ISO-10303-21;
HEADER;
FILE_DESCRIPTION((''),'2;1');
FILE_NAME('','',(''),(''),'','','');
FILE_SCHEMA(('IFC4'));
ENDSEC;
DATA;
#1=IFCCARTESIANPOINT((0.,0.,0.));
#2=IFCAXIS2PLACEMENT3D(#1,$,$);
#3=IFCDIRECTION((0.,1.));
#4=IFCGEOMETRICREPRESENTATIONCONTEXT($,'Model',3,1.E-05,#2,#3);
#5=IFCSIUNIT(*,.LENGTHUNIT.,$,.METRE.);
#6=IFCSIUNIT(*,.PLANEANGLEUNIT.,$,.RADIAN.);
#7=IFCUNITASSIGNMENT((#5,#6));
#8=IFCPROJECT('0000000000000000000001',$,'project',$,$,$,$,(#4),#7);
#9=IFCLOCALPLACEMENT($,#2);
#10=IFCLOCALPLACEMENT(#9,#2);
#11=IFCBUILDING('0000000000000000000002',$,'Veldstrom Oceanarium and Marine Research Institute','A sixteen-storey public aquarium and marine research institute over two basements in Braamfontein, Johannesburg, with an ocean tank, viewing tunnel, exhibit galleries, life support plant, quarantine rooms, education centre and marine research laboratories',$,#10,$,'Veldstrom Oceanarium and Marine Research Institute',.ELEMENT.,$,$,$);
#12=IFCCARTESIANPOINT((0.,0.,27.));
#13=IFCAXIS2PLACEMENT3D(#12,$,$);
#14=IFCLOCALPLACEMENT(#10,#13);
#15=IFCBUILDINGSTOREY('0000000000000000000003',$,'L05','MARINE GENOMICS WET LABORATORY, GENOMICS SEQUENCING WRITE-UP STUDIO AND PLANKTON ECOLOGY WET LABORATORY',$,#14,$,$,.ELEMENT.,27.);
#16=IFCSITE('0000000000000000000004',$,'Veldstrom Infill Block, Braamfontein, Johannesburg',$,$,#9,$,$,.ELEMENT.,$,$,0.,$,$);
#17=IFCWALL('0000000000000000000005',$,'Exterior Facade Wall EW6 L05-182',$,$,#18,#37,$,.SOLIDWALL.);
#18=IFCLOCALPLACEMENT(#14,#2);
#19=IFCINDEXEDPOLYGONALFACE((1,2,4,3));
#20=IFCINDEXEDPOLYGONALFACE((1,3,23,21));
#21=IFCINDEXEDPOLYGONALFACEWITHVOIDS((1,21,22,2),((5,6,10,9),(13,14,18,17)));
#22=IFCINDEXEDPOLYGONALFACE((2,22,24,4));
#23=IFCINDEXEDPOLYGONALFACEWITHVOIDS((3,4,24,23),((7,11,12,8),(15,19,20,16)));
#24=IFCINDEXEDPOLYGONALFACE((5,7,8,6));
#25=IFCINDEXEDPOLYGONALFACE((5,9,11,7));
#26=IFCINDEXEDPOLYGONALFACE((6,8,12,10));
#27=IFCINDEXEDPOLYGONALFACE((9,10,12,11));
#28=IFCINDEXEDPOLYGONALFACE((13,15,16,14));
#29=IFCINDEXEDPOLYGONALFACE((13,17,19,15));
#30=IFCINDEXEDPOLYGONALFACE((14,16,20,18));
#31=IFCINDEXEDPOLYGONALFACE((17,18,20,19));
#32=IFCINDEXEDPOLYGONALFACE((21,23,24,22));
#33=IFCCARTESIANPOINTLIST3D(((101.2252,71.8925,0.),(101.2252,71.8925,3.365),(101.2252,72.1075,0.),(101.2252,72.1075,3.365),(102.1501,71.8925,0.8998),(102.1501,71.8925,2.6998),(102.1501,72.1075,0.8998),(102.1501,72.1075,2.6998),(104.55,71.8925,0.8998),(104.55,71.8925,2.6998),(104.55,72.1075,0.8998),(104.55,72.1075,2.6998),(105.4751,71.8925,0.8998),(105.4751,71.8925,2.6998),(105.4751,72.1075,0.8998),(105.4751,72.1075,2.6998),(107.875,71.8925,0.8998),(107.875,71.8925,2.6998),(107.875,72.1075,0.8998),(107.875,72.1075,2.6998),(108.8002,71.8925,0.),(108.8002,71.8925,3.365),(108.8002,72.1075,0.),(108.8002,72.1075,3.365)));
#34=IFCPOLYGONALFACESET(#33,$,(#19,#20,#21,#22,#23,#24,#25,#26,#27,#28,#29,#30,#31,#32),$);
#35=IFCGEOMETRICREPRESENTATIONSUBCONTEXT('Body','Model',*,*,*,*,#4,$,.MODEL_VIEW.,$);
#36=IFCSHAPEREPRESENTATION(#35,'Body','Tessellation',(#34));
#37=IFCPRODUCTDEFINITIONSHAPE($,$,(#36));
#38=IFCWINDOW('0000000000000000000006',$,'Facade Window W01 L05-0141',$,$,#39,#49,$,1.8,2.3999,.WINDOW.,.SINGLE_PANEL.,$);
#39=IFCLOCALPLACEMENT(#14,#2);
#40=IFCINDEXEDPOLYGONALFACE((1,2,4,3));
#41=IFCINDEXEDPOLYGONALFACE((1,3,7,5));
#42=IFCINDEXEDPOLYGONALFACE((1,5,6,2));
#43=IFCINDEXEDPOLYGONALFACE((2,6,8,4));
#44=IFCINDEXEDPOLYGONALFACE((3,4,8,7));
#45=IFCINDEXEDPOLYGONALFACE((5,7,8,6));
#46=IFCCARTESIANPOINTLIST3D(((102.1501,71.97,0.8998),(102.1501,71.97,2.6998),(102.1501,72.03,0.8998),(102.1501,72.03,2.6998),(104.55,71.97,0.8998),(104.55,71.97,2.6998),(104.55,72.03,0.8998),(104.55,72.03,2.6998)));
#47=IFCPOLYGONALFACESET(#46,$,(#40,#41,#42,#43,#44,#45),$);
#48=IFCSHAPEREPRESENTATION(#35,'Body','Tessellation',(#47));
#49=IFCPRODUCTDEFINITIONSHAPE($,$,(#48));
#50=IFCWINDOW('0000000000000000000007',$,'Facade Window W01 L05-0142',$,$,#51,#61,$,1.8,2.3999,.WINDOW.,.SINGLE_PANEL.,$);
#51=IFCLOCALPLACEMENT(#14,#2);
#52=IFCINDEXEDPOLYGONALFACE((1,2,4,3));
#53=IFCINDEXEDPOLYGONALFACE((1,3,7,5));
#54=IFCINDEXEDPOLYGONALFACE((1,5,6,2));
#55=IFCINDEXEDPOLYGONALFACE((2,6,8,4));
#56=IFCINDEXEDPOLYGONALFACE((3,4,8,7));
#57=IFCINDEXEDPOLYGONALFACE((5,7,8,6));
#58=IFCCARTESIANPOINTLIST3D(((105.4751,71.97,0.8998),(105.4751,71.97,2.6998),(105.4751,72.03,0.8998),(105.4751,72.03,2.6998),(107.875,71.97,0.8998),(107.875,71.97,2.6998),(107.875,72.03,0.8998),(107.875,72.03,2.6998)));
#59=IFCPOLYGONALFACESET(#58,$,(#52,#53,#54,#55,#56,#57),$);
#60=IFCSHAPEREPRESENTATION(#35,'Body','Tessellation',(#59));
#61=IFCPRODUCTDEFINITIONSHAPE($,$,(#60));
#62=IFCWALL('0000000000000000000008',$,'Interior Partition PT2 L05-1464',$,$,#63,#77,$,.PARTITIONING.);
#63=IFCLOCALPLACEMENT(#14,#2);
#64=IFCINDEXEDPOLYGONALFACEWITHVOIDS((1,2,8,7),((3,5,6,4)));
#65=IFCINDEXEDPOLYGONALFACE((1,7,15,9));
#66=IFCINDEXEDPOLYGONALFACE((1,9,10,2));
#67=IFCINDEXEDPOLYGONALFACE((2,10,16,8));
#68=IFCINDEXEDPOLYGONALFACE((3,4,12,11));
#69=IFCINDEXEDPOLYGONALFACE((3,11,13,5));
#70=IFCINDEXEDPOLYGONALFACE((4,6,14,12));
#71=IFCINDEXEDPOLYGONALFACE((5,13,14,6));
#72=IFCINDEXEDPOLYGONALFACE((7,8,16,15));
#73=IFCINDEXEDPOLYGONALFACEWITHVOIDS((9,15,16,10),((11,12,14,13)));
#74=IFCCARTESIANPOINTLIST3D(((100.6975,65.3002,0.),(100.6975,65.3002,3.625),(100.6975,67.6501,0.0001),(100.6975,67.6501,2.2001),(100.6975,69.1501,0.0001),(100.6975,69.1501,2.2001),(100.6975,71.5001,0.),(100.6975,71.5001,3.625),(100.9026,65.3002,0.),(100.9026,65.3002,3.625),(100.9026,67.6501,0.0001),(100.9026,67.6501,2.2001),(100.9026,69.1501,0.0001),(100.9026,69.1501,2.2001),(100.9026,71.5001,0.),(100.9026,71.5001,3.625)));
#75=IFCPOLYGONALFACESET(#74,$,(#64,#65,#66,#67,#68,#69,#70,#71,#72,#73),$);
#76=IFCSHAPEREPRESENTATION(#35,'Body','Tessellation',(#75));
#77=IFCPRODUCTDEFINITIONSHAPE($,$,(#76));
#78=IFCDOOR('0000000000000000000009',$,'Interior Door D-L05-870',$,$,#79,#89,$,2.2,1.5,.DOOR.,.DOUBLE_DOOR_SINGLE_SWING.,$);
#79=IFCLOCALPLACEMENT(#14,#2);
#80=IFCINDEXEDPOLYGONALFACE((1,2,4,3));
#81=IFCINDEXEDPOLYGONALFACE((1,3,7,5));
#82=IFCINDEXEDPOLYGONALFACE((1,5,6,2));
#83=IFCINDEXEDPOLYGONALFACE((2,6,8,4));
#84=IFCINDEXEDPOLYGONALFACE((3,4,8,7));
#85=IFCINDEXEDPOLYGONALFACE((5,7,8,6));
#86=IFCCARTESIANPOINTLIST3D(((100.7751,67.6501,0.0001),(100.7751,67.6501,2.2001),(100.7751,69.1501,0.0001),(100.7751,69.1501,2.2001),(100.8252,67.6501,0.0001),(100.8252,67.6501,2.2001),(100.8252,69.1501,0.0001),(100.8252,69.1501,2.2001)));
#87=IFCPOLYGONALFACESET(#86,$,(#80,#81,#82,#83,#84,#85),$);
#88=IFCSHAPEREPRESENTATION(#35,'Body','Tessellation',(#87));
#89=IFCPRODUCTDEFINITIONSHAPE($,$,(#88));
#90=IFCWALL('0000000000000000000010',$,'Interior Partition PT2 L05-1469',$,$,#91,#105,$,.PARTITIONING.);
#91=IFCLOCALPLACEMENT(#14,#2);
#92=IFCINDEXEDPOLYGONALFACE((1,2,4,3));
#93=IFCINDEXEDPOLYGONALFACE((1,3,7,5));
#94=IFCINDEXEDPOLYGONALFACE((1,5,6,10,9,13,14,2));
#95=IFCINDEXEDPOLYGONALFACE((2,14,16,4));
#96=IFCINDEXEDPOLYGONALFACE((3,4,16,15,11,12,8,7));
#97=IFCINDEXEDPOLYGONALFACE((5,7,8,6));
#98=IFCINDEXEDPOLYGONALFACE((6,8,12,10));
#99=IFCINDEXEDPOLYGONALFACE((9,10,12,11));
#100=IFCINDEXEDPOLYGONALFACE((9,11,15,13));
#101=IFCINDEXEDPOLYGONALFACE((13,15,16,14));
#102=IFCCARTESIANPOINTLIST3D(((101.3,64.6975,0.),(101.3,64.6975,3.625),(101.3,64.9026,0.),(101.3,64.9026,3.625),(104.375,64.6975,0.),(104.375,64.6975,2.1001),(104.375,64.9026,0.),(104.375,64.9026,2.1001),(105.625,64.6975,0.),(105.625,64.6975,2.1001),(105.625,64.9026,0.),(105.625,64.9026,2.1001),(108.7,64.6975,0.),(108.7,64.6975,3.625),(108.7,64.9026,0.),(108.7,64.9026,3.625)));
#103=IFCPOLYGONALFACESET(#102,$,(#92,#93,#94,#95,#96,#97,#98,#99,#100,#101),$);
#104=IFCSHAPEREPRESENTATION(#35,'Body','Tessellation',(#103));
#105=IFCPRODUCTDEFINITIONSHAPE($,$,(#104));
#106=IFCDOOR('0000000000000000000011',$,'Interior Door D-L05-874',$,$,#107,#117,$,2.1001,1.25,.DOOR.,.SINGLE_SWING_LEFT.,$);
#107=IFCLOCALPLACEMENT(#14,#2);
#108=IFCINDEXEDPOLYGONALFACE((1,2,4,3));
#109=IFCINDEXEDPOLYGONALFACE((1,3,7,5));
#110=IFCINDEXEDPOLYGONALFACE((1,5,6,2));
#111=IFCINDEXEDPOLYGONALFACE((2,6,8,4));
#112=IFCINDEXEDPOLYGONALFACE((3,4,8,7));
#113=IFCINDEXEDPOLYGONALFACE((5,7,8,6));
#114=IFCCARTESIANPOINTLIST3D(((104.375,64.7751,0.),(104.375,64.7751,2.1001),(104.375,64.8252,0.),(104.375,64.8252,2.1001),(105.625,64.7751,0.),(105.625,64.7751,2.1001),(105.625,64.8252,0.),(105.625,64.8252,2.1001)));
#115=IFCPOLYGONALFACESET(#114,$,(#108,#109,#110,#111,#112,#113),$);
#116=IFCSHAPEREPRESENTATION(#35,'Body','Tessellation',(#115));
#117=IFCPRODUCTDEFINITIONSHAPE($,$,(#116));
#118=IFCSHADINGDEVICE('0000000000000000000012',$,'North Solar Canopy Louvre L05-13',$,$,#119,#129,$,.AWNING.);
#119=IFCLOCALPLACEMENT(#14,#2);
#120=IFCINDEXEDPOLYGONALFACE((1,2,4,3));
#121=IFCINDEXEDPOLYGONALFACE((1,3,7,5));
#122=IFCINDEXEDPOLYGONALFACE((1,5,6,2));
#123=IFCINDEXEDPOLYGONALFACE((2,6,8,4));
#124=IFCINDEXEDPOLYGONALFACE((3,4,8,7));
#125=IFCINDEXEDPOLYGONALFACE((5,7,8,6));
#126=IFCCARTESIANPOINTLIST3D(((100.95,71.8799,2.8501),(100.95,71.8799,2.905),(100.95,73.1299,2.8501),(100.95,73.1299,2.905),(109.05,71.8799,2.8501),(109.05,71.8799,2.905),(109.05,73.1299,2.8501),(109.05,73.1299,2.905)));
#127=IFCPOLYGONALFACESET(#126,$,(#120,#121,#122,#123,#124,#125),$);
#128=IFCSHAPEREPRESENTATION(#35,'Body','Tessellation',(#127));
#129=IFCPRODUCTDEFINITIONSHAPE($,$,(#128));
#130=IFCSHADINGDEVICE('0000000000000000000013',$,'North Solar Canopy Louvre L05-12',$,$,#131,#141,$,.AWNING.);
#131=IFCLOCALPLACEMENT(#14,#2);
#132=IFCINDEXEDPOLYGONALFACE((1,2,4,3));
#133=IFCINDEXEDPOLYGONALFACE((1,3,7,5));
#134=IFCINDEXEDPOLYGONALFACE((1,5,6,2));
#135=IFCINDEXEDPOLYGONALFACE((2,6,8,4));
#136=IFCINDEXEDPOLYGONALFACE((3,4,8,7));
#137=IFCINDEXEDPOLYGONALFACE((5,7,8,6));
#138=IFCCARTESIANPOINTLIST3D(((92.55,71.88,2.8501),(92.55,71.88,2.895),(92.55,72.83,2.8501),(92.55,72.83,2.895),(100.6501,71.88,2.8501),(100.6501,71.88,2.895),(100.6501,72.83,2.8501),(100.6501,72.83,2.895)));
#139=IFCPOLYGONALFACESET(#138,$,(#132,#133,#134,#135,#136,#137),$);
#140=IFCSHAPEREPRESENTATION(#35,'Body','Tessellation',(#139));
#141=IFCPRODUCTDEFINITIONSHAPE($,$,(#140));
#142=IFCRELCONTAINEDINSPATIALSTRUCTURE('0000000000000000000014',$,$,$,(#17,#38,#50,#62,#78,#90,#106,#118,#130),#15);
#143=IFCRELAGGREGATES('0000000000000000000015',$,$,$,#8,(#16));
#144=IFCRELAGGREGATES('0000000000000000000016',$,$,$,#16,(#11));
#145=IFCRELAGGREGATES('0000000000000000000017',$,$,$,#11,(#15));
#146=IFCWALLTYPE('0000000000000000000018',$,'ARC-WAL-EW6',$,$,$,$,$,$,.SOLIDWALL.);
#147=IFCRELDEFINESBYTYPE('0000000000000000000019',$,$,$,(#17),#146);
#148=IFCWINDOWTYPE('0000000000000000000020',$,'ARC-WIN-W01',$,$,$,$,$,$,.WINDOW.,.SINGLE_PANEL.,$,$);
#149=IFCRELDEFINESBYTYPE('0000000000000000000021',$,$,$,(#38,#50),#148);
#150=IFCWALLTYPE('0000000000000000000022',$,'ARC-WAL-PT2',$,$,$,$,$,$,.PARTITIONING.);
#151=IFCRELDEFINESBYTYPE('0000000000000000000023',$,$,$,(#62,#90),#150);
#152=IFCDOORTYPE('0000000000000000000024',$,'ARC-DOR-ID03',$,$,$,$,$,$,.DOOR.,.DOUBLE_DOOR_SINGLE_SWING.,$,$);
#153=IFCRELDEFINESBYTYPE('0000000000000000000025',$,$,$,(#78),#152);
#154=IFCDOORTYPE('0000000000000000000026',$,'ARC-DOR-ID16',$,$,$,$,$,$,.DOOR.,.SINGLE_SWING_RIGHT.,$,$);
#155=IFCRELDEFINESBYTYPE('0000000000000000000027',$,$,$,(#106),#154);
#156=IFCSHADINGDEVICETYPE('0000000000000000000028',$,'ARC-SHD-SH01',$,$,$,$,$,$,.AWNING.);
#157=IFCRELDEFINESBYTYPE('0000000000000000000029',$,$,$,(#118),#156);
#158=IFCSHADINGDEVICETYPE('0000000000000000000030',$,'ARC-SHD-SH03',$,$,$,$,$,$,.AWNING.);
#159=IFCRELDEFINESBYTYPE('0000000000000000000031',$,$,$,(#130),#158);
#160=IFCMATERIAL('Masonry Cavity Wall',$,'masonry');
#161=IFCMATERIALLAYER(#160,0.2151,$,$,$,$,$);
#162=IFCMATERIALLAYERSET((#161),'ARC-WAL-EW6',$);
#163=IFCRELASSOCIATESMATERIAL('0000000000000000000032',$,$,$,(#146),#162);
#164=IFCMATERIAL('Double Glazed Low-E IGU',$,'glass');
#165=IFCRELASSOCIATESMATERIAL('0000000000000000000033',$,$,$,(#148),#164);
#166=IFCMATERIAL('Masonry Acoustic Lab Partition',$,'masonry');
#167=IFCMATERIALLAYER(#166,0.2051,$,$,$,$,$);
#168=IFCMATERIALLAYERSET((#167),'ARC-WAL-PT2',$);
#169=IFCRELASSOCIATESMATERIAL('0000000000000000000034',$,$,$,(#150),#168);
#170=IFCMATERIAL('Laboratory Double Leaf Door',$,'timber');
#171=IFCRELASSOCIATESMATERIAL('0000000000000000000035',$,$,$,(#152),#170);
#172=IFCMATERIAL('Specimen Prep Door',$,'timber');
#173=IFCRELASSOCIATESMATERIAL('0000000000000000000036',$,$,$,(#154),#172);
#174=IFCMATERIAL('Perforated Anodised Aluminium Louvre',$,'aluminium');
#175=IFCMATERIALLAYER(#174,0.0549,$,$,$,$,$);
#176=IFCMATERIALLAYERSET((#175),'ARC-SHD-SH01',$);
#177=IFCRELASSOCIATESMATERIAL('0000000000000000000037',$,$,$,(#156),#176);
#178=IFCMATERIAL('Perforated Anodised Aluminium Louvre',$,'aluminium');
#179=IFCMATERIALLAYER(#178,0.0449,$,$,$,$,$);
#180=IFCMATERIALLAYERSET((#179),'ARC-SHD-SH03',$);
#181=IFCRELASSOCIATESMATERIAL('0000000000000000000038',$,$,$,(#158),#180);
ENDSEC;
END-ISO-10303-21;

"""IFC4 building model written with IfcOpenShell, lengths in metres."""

from ifc_helpers import new_model, si_unit, direction, frame, frame_2d, origin, origin_2d, place, context, subcontext, project, spatial, rectangle, extrude, material, layer, layer_set, type_object, element, fill, save


model = new_model("IFC4")

# Units and contexts
model_context = context("Model", 3, precision=1e-05, world=origin(), true_north=direction((0.0, 1.0)))
body_context = subcontext(model_context, "Body", "Model", "MODEL_VIEW")
ifc_project = project(units=[si_unit("LENGTHUNIT", "METRE"), si_unit("PLANEANGLEUNIT", "RADIAN")], contexts=[model_context])

# Site, building, storey
site_placement = place(None, origin())
site = spatial("IfcSite", under=ifc_project, at=site_placement, Name="Veldstrom Infill Block, Braamfontein, Johannesburg", CompositionType="ELEMENT", RefElevation=0.0)
building_placement = place(site_placement, origin())
building = spatial("IfcBuilding", under=site, at=building_placement, Name="Veldstrom Oceanarium and Marine Research Institute", Description="A sixteen-storey public aquarium and marine research institute over two basements in Braamfontein, Johannesburg, with an ocean tank, viewing tunnel, exhibit galleries, life support plant, quarantine rooms, education centre and marine research laboratories", LongName="Veldstrom Oceanarium and Marine Research Institute", CompositionType="ELEMENT")
storey_placement = place(building_placement, frame((0.0, 0.0, 27.0)))
storey = spatial("IfcBuildingStorey", under=building, at=storey_placement, Name="L05", Description="MARINE GENOMICS WET LABORATORY, GENOMICS SEQUENCING WRITE-UP STUDIO AND PLANKTON ECOLOGY WET LABORATORY", CompositionType="ELEMENT", Elevation=27.0)

# Wall, openings, windows
ifc_material_1 = material(Name="Masonry Cavity Wall", Category="masonry")
ifc_layer_1 = layer(ifc_material_1, 0.2151)
ifc_layer_set_1 = layer_set([ifc_layer_1], Name="ARC-WAL-EW6")
wall_type_1 = type_object("IfcWallType", Name="ARC-WAL-EW6", PredefinedType="SOLIDWALL", material=ifc_layer_set_1)
wall_1_placement = place(storey_placement, frame((101.2251, 72.0, 0.0), z_axis=(0.0, 0.0, 1.0), x_axis=(1.0, 0.0, 0.0)))
wall_1 = element("IfcWall", 1, at=wall_1_placement, inside=storey, type_object=wall_type_1, Name="Exterior Facade Wall EW6 L05-182", PredefinedType="SOLIDWALL", context=body_context, shape_type="SweptSolid", body=[
    extrude(rectangle(XDim=7.575, YDim=0.2151, at=frame_2d((3.7876, 0.0))), origin(), (0.0, 0.0, 1.0), 3.365),
])
opening_1_placement = place(wall_1_placement, frame((0.925, 0.0, 0.8999)))
opening_1 = element("IfcOpeningElement", 2, at=opening_1_placement, cuts=wall_1, PredefinedType="OPENING", context=body_context, shape_type="SweptSolid", body=[
    extrude(rectangle(XDim=2.3999, YDim=1.8, at=frame_2d((1.2, 0.8999))), frame((0.0, 0.1174, 0.0), z_axis=(0.0, -1.0, 0.0), x_axis=(1.0, 0.0, 0.0)), (0.0, 0.0, 1.0), 0.2351),
])
opening_2_placement = place(wall_1_placement, frame((4.25, 0.0, 0.8999)))
opening_2 = element("IfcOpeningElement", 3, at=opening_2_placement, cuts=wall_1, PredefinedType="OPENING", context=body_context, shape_type="SweptSolid", body=[
    extrude(rectangle(XDim=2.3999, YDim=1.8, at=frame_2d((1.2, 0.8999))), frame((0.0, 0.1174, 0.0), z_axis=(0.0, -1.0, 0.0), x_axis=(1.0, 0.0, 0.0)), (0.0, 0.0, 1.0), 0.2351),
])
ifc_material_2 = material(Name="Double Glazed Low-E IGU", Category="glass")
window_type = type_object("IfcWindowType", Name="ARC-WIN-W01", PartitioningType="SINGLE_PANEL", PredefinedType="WINDOW", material=ifc_material_2)
window_1_placement = place(opening_1_placement, origin())
window_1 = element("IfcWindow", 4, at=window_1_placement, inside=storey, type_object=window_type, Name="Facade Window W01 L05-0141", OverallHeight=1.8, OverallWidth=2.3999, PartitioningType="SINGLE_PANEL", PredefinedType="WINDOW", context=body_context, shape_type="SweptSolid", body=[
    extrude(rectangle(XDim=2.3999, YDim=1.8, at=frame_2d((1.2, 0.8999))), frame((0.0, 0.03, 0.0), z_axis=(0.0, -1.0, 0.0), x_axis=(1.0, 0.0, 0.0)), (0.0, 0.0, 1.0), 0.0601),
])
fill(opening_1, window_1)
window_2_placement = place(opening_2_placement, origin())
window_2 = element("IfcWindow", 5, at=window_2_placement, inside=storey, type_object=window_type, Name="Facade Window W01 L05-0142", OverallHeight=1.8, OverallWidth=2.3999, PartitioningType="SINGLE_PANEL", PredefinedType="WINDOW", context=body_context, shape_type="SweptSolid", body=[
    extrude(rectangle(XDim=2.3999, YDim=1.8, at=frame_2d((1.2, 0.8999))), frame((0.0, 0.03, 0.0), z_axis=(0.0, -1.0, 0.0), x_axis=(1.0, 0.0, 0.0)), (0.0, 0.0, 1.0), 0.0601),
])
fill(opening_2, window_2)

# Walls, openings, doors
ifc_material_3 = material(Name="Masonry Acoustic Lab Partition", Category="masonry")
ifc_layer_2 = layer(ifc_material_3, 0.2051)
ifc_layer_set_2 = layer_set([ifc_layer_2], Name="ARC-WAL-PT2")
wall_type_2 = type_object("IfcWallType", Name="ARC-WAL-PT2", PredefinedType="PARTITIONING", material=ifc_layer_set_2)
wall_2_placement = place(storey_placement, frame((100.8, 65.3, 0.0), z_axis=(0.0, 0.0, 1.0), x_axis=(0.0, 1.0, 0.0)))
wall_2 = element("IfcWall", 6, at=wall_2_placement, inside=storey, type_object=wall_type_2, Name="Interior Partition PT2 L05-1464", PredefinedType="PARTITIONING", context=body_context, shape_type="SweptSolid", body=[
    extrude(rectangle(XDim=6.2, YDim=0.2051, at=frame_2d((3.1001, 0.0))), origin(), (0.0, 0.0, 1.0), 3.625),
])
opening_3_placement = place(wall_2_placement, frame((2.3501, 0.0, 0.0)))
opening_3 = element("IfcOpeningElement", 7, at=opening_3_placement, cuts=wall_2, PredefinedType="OPENING", context=body_context, shape_type="SweptSolid", body=[
    extrude(rectangle(XDim=1.5, YDim=2.2, at=frame_2d((0.75, 1.1001))), frame((0.0, 0.1125, 0.0), z_axis=(0.0, -1.0, 0.0), x_axis=(1.0, 0.0, 0.0)), (0.0, 0.0, 1.0), 0.2251),
])
ifc_material_4 = material(Name="Laboratory Double Leaf Door", Category="timber")
door_type_1 = type_object("IfcDoorType", Name="ARC-DOR-ID03", OperationType="DOUBLE_DOOR_SINGLE_SWING", PredefinedType="DOOR", material=ifc_material_4)
door_1_placement = place(opening_3_placement, origin())
door_1 = element("IfcDoor", 8, at=door_1_placement, inside=storey, type_object=door_type_1, Name="Interior Door D-L05-870", OperationType="DOUBLE_DOOR_SINGLE_SWING", OverallHeight=2.2, OverallWidth=1.5, PredefinedType="DOOR", context=body_context, shape_type="SweptSolid", body=[
    extrude(rectangle(XDim=1.5, YDim=2.2, at=frame_2d((0.75, 1.1001))), frame((0.0, 0.0249, 0.0), z_axis=(0.0, -1.0, 0.0), x_axis=(1.0, 0.0, 0.0)), (0.0, 0.0, 1.0), 0.05),
])
fill(opening_3, door_1)
wall_3_placement = place(storey_placement, frame((101.3, 64.8, 0.0), z_axis=(0.0, 0.0, 1.0), x_axis=(1.0, 0.0, 0.0)))
wall_3 = element("IfcWall", 9, at=wall_3_placement, inside=storey, type_object=wall_type_2, Name="Interior Partition PT2 L05-1469", PredefinedType="PARTITIONING", context=body_context, shape_type="SweptSolid", body=[
    extrude(rectangle(XDim=7.3999, YDim=0.2051, at=frame_2d((3.7, 0.0))), origin(), (0.0, 0.0, 1.0), 3.625),
])
opening_4_placement = place(wall_3_placement, frame((3.075, 0.0, 0.0)))
opening_4 = element("IfcOpeningElement", 10, at=opening_4_placement, cuts=wall_3, PredefinedType="OPENING", context=body_context, shape_type="SweptSolid", body=[
    extrude(rectangle(XDim=1.25, YDim=2.1001, at=frame_2d((0.625, 1.05))), frame((0.0, 0.1125, 0.0), z_axis=(0.0, -1.0, 0.0), x_axis=(1.0, 0.0, 0.0)), (0.0, 0.0, 1.0), 0.2251),
])
ifc_material_5 = material(Name="Specimen Prep Door", Category="timber")
door_type_2 = type_object("IfcDoorType", Name="ARC-DOR-ID16", OperationType="SINGLE_SWING_RIGHT", PredefinedType="DOOR", material=ifc_material_5)
door_2_placement = place(opening_4_placement, frame((1.25, 0.0, 0.0), z_axis=(0.0, 0.0, 1.0), x_axis=(-1.0, 0.0, 0.0)))
door_2 = element("IfcDoor", 11, at=door_2_placement, inside=storey, type_object=door_type_2, Name="Interior Door D-L05-874", OperationType="SINGLE_SWING_LEFT", OverallHeight=2.1001, OverallWidth=1.25, PredefinedType="DOOR", context=body_context, shape_type="SweptSolid", body=[
    extrude(rectangle(XDim=1.25, YDim=2.1001, at=frame_2d((0.625, 1.05))), frame((0.0, 0.0249, 0.0), z_axis=(0.0, -1.0, 0.0), x_axis=(1.0, 0.0, 0.0)), (0.0, 0.0, 1.0), 0.05),
])
fill(opening_4, door_2)

# Shading devices
ifc_material_6 = material(Name="Perforated Anodised Aluminium Louvre", Category="aluminium")
ifc_layer_3 = layer(ifc_material_6, 0.0549)
ifc_layer_set_3 = layer_set([ifc_layer_3], Name="ARC-SHD-SH01")
shading_device_type_1 = type_object("IfcShadingDeviceType", Name="ARC-SHD-SH01", PredefinedType="AWNING", material=ifc_layer_set_3)
shading_device_1_placement = place(storey_placement, frame((105.0, 72.5049, 2.8501), z_axis=(0.0, 0.0, 1.0), x_axis=(1.0, 0.0, 0.0)))
element("IfcShadingDevice", 12, at=shading_device_1_placement, inside=storey, type_object=shading_device_type_1, Name="North Solar Canopy Louvre L05-13", PredefinedType="AWNING", context=body_context, shape_type="SweptSolid", body=[
    extrude(rectangle(XDim=8.1001, YDim=1.25, at=origin_2d()), origin(), (0.0, 0.0, 1.0), 0.0549),
])
ifc_material_7 = material(Name="Perforated Anodised Aluminium Louvre", Category="aluminium")
ifc_layer_4 = layer(ifc_material_7, 0.0449)
ifc_layer_set_4 = layer_set([ifc_layer_4], Name="ARC-SHD-SH03")
shading_device_type_2 = type_object("IfcShadingDeviceType", Name="ARC-SHD-SH03", PredefinedType="AWNING", material=ifc_layer_set_4)
shading_device_2_placement = place(storey_placement, frame((96.6001, 72.355, 2.8501), z_axis=(0.0, 0.0, 1.0), x_axis=(1.0, 0.0, 0.0)))
element("IfcShadingDevice", 13, at=shading_device_2_placement, inside=storey, type_object=shading_device_type_2, Name="North Solar Canopy Louvre L05-12", PredefinedType="AWNING", context=body_context, shape_type="SweptSolid", body=[
    extrude(rectangle(XDim=8.1001, YDim=0.95, at=origin_2d()), origin(), (0.0, 0.0, 1.0), 0.0449),
])

save(model, "model.ifc")
